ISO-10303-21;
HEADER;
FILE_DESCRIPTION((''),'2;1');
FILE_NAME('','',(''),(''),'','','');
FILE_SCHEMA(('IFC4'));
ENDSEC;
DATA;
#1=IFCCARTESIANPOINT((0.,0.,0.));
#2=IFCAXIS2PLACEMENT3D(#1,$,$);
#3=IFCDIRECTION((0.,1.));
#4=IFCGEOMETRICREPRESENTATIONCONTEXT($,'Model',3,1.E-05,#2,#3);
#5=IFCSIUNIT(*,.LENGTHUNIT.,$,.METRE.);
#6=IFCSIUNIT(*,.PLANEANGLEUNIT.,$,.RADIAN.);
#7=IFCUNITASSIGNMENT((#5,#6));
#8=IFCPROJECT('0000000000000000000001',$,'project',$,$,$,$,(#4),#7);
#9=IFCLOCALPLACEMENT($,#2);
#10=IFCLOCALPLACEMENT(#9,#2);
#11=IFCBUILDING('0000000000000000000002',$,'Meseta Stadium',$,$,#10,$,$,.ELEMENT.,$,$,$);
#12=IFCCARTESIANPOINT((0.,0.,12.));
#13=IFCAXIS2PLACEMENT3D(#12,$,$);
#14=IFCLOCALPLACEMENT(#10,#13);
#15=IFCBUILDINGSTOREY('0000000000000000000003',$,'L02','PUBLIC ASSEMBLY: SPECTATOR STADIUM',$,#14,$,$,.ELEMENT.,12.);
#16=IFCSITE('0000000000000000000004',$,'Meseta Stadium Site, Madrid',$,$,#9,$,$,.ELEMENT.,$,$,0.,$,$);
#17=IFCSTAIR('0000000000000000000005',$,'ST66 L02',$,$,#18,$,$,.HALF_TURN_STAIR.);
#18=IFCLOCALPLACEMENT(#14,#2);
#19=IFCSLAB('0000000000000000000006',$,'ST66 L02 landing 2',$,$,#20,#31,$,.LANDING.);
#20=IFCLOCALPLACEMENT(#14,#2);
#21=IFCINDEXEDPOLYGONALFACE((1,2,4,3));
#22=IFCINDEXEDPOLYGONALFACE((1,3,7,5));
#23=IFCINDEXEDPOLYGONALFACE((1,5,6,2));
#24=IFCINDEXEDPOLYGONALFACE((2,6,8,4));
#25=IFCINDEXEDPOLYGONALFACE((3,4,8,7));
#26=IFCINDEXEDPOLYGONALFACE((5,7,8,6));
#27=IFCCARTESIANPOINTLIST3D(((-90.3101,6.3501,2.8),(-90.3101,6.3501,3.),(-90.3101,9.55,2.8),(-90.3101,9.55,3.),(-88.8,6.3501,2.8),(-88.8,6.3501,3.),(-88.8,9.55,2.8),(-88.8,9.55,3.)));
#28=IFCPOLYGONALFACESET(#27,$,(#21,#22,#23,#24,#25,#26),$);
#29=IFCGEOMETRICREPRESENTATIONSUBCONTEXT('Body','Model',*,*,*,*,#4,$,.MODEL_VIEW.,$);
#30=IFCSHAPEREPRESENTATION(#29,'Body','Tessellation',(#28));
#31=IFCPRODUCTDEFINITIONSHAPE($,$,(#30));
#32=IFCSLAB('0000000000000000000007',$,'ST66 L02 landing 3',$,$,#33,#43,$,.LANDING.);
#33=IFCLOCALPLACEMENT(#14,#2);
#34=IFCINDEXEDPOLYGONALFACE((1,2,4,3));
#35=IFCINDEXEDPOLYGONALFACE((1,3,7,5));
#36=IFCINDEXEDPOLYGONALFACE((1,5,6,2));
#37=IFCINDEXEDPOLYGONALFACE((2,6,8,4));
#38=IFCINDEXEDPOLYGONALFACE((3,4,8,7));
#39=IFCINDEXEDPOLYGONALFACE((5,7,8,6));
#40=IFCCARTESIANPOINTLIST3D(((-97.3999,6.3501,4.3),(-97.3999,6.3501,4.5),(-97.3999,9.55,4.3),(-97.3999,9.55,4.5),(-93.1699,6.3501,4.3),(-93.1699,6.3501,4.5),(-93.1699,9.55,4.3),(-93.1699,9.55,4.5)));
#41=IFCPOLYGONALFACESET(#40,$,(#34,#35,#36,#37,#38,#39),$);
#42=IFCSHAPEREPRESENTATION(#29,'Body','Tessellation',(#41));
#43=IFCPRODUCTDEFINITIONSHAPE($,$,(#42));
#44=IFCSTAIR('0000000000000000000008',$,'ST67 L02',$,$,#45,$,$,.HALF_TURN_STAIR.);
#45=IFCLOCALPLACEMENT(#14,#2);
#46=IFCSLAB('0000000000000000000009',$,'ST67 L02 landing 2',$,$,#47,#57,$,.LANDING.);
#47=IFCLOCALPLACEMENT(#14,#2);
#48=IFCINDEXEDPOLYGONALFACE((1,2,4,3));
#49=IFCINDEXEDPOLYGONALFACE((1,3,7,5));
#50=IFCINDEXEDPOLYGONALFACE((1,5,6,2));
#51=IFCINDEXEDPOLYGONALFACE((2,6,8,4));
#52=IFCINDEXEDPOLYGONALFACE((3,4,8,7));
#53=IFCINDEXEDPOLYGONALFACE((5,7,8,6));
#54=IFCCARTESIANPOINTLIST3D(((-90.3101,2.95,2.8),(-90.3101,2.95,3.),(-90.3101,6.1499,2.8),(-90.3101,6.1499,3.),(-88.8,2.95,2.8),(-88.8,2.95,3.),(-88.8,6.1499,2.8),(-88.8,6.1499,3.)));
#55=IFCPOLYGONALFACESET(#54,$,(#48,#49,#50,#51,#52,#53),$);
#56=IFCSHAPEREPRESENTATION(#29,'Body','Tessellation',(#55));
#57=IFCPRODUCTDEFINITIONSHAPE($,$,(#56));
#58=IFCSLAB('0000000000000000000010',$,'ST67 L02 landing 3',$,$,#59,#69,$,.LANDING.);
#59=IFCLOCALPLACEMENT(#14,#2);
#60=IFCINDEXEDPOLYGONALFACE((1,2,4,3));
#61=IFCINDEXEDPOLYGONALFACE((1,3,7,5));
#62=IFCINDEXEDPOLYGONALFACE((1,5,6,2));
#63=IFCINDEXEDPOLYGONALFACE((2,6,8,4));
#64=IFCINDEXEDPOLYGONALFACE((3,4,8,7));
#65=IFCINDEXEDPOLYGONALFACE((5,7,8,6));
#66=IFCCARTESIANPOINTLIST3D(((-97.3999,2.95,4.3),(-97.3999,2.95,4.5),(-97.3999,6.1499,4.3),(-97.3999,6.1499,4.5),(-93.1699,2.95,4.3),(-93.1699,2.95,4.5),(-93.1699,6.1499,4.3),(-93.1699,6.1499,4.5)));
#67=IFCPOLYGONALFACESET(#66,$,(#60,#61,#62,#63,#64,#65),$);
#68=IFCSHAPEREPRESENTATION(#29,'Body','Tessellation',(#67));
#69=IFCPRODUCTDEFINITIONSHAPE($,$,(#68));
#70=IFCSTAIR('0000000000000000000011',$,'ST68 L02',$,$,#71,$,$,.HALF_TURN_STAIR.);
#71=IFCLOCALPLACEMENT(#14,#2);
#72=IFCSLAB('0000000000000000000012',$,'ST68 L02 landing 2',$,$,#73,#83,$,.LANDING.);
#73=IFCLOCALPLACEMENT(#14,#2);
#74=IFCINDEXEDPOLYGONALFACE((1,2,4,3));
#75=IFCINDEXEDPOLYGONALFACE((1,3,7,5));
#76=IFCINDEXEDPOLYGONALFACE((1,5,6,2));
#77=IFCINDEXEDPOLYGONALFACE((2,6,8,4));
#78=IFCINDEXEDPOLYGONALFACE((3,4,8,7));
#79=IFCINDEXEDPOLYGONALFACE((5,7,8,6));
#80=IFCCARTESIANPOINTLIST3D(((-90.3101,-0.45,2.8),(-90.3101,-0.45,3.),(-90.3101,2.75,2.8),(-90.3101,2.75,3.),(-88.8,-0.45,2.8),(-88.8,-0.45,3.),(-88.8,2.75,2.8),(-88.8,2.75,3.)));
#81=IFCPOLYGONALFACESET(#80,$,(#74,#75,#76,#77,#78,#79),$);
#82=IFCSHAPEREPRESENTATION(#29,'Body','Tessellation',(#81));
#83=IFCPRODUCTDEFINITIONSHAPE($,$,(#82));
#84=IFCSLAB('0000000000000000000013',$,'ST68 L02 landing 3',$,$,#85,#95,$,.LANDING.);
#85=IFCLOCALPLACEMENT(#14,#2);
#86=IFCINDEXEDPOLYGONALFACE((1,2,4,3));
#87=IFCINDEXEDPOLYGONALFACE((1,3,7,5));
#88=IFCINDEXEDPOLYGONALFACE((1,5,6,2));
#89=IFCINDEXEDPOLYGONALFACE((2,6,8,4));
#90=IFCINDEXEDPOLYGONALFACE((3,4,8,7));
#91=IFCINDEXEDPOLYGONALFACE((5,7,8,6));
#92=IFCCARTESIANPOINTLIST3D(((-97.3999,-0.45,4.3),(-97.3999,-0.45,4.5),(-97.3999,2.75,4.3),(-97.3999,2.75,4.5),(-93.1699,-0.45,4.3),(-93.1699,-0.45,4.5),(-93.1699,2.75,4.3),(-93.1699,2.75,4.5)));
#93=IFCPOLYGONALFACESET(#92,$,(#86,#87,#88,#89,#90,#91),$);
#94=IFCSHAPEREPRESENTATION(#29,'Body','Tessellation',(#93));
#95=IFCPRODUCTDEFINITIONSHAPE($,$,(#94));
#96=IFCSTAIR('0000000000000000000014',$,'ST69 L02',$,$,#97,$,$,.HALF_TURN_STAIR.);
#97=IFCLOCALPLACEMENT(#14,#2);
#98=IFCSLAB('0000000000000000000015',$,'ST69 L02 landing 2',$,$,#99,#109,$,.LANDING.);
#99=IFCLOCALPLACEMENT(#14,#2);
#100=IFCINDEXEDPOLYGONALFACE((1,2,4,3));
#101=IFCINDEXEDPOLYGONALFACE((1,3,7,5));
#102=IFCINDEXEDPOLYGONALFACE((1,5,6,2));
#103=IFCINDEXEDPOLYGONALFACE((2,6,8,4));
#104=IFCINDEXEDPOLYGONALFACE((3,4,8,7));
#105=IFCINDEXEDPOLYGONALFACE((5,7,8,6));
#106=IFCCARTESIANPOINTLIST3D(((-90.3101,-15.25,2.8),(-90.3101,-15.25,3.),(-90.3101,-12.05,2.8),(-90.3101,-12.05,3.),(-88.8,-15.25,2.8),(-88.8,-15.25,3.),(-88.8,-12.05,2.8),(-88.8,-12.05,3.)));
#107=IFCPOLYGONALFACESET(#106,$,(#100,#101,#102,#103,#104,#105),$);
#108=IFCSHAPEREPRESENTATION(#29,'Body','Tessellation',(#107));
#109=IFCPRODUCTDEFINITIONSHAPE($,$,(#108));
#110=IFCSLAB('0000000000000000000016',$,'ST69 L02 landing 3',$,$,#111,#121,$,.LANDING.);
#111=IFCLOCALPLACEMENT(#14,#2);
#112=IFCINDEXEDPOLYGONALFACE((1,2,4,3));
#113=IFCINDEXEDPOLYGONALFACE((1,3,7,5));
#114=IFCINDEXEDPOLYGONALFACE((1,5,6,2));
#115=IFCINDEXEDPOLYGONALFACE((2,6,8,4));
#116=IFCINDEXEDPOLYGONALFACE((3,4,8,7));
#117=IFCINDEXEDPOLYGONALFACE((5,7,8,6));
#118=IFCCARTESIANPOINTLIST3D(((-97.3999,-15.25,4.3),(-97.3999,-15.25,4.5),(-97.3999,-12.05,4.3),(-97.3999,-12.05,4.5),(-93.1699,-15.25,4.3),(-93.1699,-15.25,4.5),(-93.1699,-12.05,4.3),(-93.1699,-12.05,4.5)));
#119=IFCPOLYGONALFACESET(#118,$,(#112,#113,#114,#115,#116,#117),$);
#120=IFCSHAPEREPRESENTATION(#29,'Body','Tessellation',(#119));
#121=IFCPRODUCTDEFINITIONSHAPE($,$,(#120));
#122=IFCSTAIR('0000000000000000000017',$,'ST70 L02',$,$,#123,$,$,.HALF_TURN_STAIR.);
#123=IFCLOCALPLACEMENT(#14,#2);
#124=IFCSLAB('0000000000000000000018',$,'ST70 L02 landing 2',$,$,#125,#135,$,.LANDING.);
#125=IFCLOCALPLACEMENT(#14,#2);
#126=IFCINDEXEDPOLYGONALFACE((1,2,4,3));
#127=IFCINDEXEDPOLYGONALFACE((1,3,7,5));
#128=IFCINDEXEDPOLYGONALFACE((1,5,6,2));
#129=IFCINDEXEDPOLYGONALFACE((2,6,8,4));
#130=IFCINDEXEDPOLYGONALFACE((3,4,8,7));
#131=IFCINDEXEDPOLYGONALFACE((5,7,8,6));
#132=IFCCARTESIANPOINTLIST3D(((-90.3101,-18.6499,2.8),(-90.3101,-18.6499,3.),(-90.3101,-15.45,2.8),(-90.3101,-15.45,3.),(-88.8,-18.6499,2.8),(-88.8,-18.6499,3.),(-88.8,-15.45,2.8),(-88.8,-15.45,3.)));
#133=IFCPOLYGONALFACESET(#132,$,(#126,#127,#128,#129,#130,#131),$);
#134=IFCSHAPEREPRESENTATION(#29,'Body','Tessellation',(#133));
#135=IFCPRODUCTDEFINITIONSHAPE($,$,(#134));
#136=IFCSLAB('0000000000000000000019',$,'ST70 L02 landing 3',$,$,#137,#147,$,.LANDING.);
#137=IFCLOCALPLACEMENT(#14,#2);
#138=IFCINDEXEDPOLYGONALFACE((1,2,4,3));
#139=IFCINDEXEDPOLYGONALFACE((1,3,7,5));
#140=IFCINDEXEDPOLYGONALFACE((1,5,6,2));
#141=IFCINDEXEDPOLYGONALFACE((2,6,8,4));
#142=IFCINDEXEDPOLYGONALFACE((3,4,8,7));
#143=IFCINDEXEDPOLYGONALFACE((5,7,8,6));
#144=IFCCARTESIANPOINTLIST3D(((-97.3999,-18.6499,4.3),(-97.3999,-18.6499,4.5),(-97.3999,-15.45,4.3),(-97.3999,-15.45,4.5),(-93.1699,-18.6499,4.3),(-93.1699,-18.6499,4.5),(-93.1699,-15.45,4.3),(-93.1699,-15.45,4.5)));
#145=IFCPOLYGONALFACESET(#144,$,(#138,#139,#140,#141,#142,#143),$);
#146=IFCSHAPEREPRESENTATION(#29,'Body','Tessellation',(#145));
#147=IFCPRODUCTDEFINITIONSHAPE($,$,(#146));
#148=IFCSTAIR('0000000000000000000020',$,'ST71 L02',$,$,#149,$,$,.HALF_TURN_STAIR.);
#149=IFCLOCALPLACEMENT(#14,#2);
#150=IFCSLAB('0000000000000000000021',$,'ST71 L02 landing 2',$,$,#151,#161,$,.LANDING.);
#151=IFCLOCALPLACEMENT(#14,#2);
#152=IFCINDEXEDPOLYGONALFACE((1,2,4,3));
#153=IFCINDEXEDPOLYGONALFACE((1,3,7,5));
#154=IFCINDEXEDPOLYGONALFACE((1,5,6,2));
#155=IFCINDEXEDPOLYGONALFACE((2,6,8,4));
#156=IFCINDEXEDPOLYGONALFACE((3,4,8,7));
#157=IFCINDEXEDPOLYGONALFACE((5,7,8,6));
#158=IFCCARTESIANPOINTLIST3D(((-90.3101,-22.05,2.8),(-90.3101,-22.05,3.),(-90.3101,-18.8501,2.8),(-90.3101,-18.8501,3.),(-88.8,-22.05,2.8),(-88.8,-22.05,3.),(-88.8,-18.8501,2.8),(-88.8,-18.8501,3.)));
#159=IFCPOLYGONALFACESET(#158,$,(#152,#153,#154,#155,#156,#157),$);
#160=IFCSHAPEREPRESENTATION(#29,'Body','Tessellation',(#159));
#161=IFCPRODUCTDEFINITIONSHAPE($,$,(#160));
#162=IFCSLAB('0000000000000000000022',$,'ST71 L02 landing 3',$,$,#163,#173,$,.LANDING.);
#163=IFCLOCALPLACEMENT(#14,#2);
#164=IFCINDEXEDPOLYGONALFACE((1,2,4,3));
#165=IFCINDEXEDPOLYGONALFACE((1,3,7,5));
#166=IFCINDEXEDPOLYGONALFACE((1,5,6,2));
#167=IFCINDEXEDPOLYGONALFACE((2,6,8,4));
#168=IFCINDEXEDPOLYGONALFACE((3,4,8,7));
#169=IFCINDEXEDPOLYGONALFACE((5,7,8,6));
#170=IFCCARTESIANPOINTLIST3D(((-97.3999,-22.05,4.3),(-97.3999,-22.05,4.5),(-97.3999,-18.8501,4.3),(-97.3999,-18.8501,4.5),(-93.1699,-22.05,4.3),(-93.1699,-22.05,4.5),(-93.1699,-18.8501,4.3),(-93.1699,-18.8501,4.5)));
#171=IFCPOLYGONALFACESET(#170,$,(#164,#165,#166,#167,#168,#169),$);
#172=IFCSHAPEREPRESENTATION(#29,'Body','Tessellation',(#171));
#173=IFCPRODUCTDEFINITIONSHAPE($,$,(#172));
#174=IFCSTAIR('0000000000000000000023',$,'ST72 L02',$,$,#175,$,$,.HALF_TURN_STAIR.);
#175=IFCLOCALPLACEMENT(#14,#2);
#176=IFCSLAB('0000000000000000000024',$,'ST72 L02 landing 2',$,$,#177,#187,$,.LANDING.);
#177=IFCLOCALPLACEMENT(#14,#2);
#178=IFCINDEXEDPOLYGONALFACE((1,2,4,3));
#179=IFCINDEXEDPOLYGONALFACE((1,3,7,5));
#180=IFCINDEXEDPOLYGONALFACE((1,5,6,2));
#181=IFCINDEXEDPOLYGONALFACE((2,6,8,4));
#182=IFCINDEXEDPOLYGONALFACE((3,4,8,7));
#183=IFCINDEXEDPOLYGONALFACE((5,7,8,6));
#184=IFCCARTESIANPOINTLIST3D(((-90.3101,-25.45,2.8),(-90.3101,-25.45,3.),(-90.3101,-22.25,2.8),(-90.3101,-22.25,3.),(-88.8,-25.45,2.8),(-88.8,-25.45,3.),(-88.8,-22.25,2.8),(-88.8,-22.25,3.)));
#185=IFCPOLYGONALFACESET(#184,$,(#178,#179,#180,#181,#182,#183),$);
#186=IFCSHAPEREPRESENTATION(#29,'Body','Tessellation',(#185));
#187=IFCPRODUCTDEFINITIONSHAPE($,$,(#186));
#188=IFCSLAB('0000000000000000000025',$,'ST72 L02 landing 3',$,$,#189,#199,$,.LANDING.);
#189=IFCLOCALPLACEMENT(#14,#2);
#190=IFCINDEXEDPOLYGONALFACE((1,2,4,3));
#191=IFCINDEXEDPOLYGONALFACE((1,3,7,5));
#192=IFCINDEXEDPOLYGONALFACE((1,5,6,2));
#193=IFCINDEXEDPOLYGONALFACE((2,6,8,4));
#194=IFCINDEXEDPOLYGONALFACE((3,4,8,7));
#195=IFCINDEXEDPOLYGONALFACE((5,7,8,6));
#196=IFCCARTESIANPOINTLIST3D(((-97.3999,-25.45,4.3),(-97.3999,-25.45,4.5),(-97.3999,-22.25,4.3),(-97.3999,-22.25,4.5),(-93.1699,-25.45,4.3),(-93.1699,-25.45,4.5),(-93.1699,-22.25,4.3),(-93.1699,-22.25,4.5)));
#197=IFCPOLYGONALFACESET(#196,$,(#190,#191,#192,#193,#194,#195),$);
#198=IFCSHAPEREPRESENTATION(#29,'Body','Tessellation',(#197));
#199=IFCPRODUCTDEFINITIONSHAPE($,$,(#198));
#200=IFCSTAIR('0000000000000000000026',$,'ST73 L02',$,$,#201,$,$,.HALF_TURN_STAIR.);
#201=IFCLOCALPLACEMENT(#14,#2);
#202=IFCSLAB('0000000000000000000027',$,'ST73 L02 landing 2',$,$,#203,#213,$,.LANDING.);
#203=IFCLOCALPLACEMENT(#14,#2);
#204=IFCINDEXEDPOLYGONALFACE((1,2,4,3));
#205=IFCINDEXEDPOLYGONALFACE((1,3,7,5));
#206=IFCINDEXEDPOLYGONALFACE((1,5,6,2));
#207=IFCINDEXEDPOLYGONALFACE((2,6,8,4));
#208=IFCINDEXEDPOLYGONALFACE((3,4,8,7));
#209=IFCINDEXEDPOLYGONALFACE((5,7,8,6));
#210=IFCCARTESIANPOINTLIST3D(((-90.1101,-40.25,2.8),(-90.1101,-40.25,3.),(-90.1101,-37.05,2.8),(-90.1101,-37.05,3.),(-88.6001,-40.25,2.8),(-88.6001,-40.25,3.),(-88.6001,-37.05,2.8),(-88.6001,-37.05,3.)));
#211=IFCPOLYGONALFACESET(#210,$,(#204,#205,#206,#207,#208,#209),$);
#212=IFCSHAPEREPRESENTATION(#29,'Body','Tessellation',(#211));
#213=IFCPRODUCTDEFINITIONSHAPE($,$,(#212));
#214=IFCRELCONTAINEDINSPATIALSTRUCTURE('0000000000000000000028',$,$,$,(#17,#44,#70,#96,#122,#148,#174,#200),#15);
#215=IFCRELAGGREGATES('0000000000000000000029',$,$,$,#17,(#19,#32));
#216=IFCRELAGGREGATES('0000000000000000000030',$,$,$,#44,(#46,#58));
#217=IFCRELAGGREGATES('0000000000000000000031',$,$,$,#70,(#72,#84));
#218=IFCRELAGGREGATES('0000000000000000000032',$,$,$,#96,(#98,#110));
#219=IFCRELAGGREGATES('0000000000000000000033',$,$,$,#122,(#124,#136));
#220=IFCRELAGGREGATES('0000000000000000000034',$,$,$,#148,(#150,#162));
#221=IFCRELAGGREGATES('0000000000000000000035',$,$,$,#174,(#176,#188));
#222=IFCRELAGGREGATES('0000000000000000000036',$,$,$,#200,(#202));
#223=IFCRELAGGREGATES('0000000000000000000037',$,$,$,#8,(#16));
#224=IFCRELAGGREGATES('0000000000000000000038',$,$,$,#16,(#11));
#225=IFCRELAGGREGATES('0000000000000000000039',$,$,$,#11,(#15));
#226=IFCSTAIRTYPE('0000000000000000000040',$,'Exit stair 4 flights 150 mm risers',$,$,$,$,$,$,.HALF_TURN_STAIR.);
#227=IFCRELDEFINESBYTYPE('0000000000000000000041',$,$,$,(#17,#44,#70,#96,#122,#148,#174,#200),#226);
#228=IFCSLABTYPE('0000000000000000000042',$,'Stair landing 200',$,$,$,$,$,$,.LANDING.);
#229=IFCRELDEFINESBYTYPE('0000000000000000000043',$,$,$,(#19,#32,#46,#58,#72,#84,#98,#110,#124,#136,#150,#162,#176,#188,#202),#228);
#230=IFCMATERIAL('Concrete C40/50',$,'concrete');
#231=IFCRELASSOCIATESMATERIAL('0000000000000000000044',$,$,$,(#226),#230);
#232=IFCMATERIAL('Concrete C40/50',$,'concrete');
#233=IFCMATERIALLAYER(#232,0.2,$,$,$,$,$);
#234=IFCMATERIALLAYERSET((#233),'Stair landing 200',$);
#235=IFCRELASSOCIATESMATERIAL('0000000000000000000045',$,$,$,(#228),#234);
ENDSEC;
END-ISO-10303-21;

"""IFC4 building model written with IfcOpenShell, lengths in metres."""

from ifc_helpers import new_model, si_unit, direction, frame, origin, place, context, subcontext, project, spatial, polyline, outline, extrude, material, layer, layer_set, type_object, element, aggregate, save


model = new_model("IFC4")

# Units and contexts
model_context = context("Model", 3, precision=1e-05, world=origin(), true_north=direction((0.0, 1.0)))
body_context = subcontext(model_context, "Body", "Model", "MODEL_VIEW")
ifc_project = project(units=[si_unit("LENGTHUNIT", "METRE"), si_unit("PLANEANGLEUNIT", "RADIAN")], contexts=[model_context])

# Site, building, storey
site_placement = place(None, origin())
site = spatial("IfcSite", under=ifc_project, at=site_placement, Name="Meseta Stadium Site, Madrid", CompositionType="ELEMENT", RefElevation=0.0)
building_placement = place(site_placement, origin())
building = spatial("IfcBuilding", under=site, at=building_placement, Name="Meseta Stadium", CompositionType="ELEMENT")
storey_placement = place(building_placement, frame((0.0, 0.0, 12.0)))
storey = spatial("IfcBuildingStorey", under=building, at=storey_placement, Name="L02", Description="PUBLIC ASSEMBLY: SPECTATOR STADIUM", CompositionType="ELEMENT", Elevation=12.0)

# Stairs, slabs
ifc_material_1 = material(Name="Concrete C40/50", Category="concrete")
stair_type = type_object("IfcStairType", Name="Exit stair 4 flights 150 mm risers", PredefinedType="HALF_TURN_STAIR", material=ifc_material_1)
stair_1_placement = place(storey_placement, origin())
stair_1 = element("IfcStair", 1, at=stair_1_placement, inside=storey, type_object=stair_type, Name="ST66 L02", PredefinedType="HALF_TURN_STAIR")
ifc_material_2 = material(Name="Concrete C40/50", Category="concrete")
ifc_layer = layer(ifc_material_2, 0.2)
ifc_layer_set = layer_set([ifc_layer], Name="Stair landing 200")
slab_type = type_object("IfcSlabType", Name="Stair landing 200", PredefinedType="LANDING", material=ifc_layer_set)
slab_1_placement = place(storey_placement, frame((0.0, 0.0, 2.8)))
slab_1 = element("IfcSlab", 2, at=slab_1_placement, type_object=slab_type, Name="ST66 L02 landing 2", PredefinedType="LANDING", context=body_context, shape_type="SweptSolid", body=[
    extrude(outline(polyline([(-88.8, 9.55), (-90.3101, 9.55), (-90.3101, 6.3501), (-88.8, 6.3501), (-88.8, 9.55)])), origin(), (0.0, 0.0, 1.0), 0.2),
])
slab_2_placement = place(storey_placement, frame((0.0, 0.0, 4.3)))
slab_2 = element("IfcSlab", 3, at=slab_2_placement, type_object=slab_type, Name="ST66 L02 landing 3", PredefinedType="LANDING", context=body_context, shape_type="SweptSolid", body=[
    extrude(outline(polyline([(-93.1699, 9.55), (-97.3999, 9.55), (-97.3999, 6.3501), (-93.1699, 6.3501), (-93.1699, 9.55)])), origin(), (0.0, 0.0, 1.0), 0.2),
])
aggregate(stair_1, [slab_1, slab_2])
stair_2_placement = place(storey_placement, origin())
stair_2 = element("IfcStair", 4, at=stair_2_placement, inside=storey, type_object=stair_type, Name="ST67 L02", PredefinedType="HALF_TURN_STAIR")
slab_3_placement = place(storey_placement, frame((0.0, 0.0, 2.8)))
slab_3 = element("IfcSlab", 5, at=slab_3_placement, type_object=slab_type, Name="ST67 L02 landing 2", PredefinedType="LANDING", context=body_context, shape_type="SweptSolid", body=[
    extrude(outline(polyline([(-88.8, 6.1499), (-90.3101, 6.1499), (-90.3101, 2.95), (-88.8, 2.95), (-88.8, 6.1499)])), origin(), (0.0, 0.0, 1.0), 0.2),
])
slab_4_placement = place(storey_placement, frame((0.0, 0.0, 4.3)))
slab_4 = element("IfcSlab", 6, at=slab_4_placement, type_object=slab_type, Name="ST67 L02 landing 3", PredefinedType="LANDING", context=body_context, shape_type="SweptSolid", body=[
    extrude(outline(polyline([(-93.1699, 6.1499), (-97.3999, 6.1499), (-97.3999, 2.95), (-93.1699, 2.95), (-93.1699, 6.1499)])), origin(), (0.0, 0.0, 1.0), 0.2),
])
aggregate(stair_2, [slab_3, slab_4])
stair_3_placement = place(storey_placement, origin())
stair_3 = element("IfcStair", 7, at=stair_3_placement, inside=storey, type_object=stair_type, Name="ST68 L02", PredefinedType="HALF_TURN_STAIR")
slab_5_placement = place(storey_placement, frame((0.0, 0.0, 2.8)))
slab_5 = element("IfcSlab", 8, at=slab_5_placement, type_object=slab_type, Name="ST68 L02 landing 2", PredefinedType="LANDING", context=body_context, shape_type="SweptSolid", body=[
    extrude(outline(polyline([(-88.8, 2.75), (-90.3101, 2.75), (-90.3101, -0.45), (-88.8, -0.45), (-88.8, 2.75)])), origin(), (0.0, 0.0, 1.0), 0.2),
])
slab_6_placement = place(storey_placement, frame((0.0, 0.0, 4.3)))
slab_6 = element("IfcSlab", 9, at=slab_6_placement, type_object=slab_type, Name="ST68 L02 landing 3", PredefinedType="LANDING", context=body_context, shape_type="SweptSolid", body=[
    extrude(outline(polyline([(-93.1699, 2.75), (-97.3999, 2.75), (-97.3999, -0.45), (-93.1699, -0.45), (-93.1699, 2.75)])), origin(), (0.0, 0.0, 1.0), 0.2),
])
aggregate(stair_3, [slab_5, slab_6])
stair_4_placement = place(storey_placement, origin())
stair_4 = element("IfcStair", 10, at=stair_4_placement, inside=storey, type_object=stair_type, Name="ST69 L02", PredefinedType="HALF_TURN_STAIR")
slab_7_placement = place(storey_placement, frame((0.0, 0.0, 2.8)))
slab_7 = element("IfcSlab", 11, at=slab_7_placement, type_object=slab_type, Name="ST69 L02 landing 2", PredefinedType="LANDING", context=body_context, shape_type="SweptSolid", body=[
    extrude(outline(polyline([(-88.8, -12.05), (-90.3101, -12.05), (-90.3101, -15.25), (-88.8, -15.25), (-88.8, -12.05)])), origin(), (0.0, 0.0, 1.0), 0.2),
])
slab_8_placement = place(storey_placement, frame((0.0, 0.0, 4.3)))
slab_8 = element("IfcSlab", 12, at=slab_8_placement, type_object=slab_type, Name="ST69 L02 landing 3", PredefinedType="LANDING", context=body_context, shape_type="SweptSolid", body=[
    extrude(outline(polyline([(-93.1699, -12.05), (-97.3999, -12.05), (-97.3999, -15.25), (-93.1699, -15.25), (-93.1699, -12.05)])), origin(), (0.0, 0.0, 1.0), 0.2),
])
aggregate(stair_4, [slab_7, slab_8])
stair_5_placement = place(storey_placement, origin())
stair_5 = element("IfcStair", 13, at=stair_5_placement, inside=storey, type_object=stair_type, Name="ST70 L02", PredefinedType="HALF_TURN_STAIR")
slab_9_placement = place(storey_placement, frame((0.0, 0.0, 2.8)))
slab_9 = element("IfcSlab", 14, at=slab_9_placement, type_object=slab_type, Name="ST70 L02 landing 2", PredefinedType="LANDING", context=body_context, shape_type="SweptSolid", body=[
    extrude(outline(polyline([(-88.8, -15.45), (-90.3101, -15.45), (-90.3101, -18.6499), (-88.8, -18.6499), (-88.8, -15.45)])), origin(), (0.0, 0.0, 1.0), 0.2),
])
slab_10_placement = place(storey_placement, frame((0.0, 0.0, 4.3)))
slab_10 = element("IfcSlab", 15, at=slab_10_placement, type_object=slab_type, Name="ST70 L02 landing 3", PredefinedType="LANDING", context=body_context, shape_type="SweptSolid", body=[
    extrude(outline(polyline([(-93.1699, -15.45), (-97.3999, -15.45), (-97.3999, -18.6499), (-93.1699, -18.6499), (-93.1699, -15.45)])), origin(), (0.0, 0.0, 1.0), 0.2),
])
aggregate(stair_5, [slab_9, slab_10])
stair_6_placement = place(storey_placement, origin())
stair_6 = element("IfcStair", 16, at=stair_6_placement, inside=storey, type_object=stair_type, Name="ST71 L02", PredefinedType="HALF_TURN_STAIR")
slab_11_placement = place(storey_placement, frame((0.0, 0.0, 2.8)))
slab_11 = element("IfcSlab", 17, at=slab_11_placement, type_object=slab_type, Name="ST71 L02 landing 2", PredefinedType="LANDING", context=body_context, shape_type="SweptSolid", body=[
    extrude(outline(polyline([(-88.8, -18.8501), (-90.3101, -18.8501), (-90.3101, -22.05), (-88.8, -22.05), (-88.8, -18.8501)])), origin(), (0.0, 0.0, 1.0), 0.2),
])
slab_12_placement = place(storey_placement, frame((0.0, 0.0, 4.3)))
slab_12 = element("IfcSlab", 18, at=slab_12_placement, type_object=slab_type, Name="ST71 L02 landing 3", PredefinedType="LANDING", context=body_context, shape_type="SweptSolid", body=[
    extrude(outline(polyline([(-93.1699, -18.8501), (-97.3999, -18.8501), (-97.3999, -22.05), (-93.1699, -22.05), (-93.1699, -18.8501)])), origin(), (0.0, 0.0, 1.0), 0.2),
])
aggregate(stair_6, [slab_11, slab_12])
stair_7_placement = place(storey_placement, origin())
stair_7 = element("IfcStair", 19, at=stair_7_placement, inside=storey, type_object=stair_type, Name="ST72 L02", PredefinedType="HALF_TURN_STAIR")
slab_13_placement = place(storey_placement, frame((0.0, 0.0, 2.8)))
slab_13 = element("IfcSlab", 20, at=slab_13_placement, type_object=slab_type, Name="ST72 L02 landing 2", PredefinedType="LANDING", context=body_context, shape_type="SweptSolid", body=[
    extrude(outline(polyline([(-88.8, -22.25), (-90.3101, -22.25), (-90.3101, -25.45), (-88.8, -25.45), (-88.8, -22.25)])), origin(), (0.0, 0.0, 1.0), 0.2),
])
slab_14_placement = place(storey_placement, frame((0.0, 0.0, 4.3)))
slab_14 = element("IfcSlab", 21, at=slab_14_placement, type_object=slab_type, Name="ST72 L02 landing 3", PredefinedType="LANDING", context=body_context, shape_type="SweptSolid", body=[
    extrude(outline(polyline([(-93.1699, -22.25), (-97.3999, -22.25), (-97.3999, -25.45), (-93.1699, -25.45), (-93.1699, -22.25)])), origin(), (0.0, 0.0, 1.0), 0.2),
])
aggregate(stair_7, [slab_13, slab_14])
stair_8_placement = place(storey_placement, origin())
stair_8 = element("IfcStair", 22, at=stair_8_placement, inside=storey, type_object=stair_type, Name="ST73 L02", PredefinedType="HALF_TURN_STAIR")
slab_15_placement = place(storey_placement, frame((0.0, 0.0, 2.8)))
slab_15 = element("IfcSlab", 23, at=slab_15_placement, type_object=slab_type, Name="ST73 L02 landing 2", PredefinedType="LANDING", context=body_context, shape_type="SweptSolid", body=[
    extrude(outline(polyline([(-88.6001, -37.05), (-90.1101, -37.05), (-90.1101, -40.25), (-88.6001, -40.25), (-88.6001, -37.05)])), origin(), (0.0, 0.0, 1.0), 0.2),
])
aggregate(stair_8, [slab_15])

save(model, "model.ifc")
